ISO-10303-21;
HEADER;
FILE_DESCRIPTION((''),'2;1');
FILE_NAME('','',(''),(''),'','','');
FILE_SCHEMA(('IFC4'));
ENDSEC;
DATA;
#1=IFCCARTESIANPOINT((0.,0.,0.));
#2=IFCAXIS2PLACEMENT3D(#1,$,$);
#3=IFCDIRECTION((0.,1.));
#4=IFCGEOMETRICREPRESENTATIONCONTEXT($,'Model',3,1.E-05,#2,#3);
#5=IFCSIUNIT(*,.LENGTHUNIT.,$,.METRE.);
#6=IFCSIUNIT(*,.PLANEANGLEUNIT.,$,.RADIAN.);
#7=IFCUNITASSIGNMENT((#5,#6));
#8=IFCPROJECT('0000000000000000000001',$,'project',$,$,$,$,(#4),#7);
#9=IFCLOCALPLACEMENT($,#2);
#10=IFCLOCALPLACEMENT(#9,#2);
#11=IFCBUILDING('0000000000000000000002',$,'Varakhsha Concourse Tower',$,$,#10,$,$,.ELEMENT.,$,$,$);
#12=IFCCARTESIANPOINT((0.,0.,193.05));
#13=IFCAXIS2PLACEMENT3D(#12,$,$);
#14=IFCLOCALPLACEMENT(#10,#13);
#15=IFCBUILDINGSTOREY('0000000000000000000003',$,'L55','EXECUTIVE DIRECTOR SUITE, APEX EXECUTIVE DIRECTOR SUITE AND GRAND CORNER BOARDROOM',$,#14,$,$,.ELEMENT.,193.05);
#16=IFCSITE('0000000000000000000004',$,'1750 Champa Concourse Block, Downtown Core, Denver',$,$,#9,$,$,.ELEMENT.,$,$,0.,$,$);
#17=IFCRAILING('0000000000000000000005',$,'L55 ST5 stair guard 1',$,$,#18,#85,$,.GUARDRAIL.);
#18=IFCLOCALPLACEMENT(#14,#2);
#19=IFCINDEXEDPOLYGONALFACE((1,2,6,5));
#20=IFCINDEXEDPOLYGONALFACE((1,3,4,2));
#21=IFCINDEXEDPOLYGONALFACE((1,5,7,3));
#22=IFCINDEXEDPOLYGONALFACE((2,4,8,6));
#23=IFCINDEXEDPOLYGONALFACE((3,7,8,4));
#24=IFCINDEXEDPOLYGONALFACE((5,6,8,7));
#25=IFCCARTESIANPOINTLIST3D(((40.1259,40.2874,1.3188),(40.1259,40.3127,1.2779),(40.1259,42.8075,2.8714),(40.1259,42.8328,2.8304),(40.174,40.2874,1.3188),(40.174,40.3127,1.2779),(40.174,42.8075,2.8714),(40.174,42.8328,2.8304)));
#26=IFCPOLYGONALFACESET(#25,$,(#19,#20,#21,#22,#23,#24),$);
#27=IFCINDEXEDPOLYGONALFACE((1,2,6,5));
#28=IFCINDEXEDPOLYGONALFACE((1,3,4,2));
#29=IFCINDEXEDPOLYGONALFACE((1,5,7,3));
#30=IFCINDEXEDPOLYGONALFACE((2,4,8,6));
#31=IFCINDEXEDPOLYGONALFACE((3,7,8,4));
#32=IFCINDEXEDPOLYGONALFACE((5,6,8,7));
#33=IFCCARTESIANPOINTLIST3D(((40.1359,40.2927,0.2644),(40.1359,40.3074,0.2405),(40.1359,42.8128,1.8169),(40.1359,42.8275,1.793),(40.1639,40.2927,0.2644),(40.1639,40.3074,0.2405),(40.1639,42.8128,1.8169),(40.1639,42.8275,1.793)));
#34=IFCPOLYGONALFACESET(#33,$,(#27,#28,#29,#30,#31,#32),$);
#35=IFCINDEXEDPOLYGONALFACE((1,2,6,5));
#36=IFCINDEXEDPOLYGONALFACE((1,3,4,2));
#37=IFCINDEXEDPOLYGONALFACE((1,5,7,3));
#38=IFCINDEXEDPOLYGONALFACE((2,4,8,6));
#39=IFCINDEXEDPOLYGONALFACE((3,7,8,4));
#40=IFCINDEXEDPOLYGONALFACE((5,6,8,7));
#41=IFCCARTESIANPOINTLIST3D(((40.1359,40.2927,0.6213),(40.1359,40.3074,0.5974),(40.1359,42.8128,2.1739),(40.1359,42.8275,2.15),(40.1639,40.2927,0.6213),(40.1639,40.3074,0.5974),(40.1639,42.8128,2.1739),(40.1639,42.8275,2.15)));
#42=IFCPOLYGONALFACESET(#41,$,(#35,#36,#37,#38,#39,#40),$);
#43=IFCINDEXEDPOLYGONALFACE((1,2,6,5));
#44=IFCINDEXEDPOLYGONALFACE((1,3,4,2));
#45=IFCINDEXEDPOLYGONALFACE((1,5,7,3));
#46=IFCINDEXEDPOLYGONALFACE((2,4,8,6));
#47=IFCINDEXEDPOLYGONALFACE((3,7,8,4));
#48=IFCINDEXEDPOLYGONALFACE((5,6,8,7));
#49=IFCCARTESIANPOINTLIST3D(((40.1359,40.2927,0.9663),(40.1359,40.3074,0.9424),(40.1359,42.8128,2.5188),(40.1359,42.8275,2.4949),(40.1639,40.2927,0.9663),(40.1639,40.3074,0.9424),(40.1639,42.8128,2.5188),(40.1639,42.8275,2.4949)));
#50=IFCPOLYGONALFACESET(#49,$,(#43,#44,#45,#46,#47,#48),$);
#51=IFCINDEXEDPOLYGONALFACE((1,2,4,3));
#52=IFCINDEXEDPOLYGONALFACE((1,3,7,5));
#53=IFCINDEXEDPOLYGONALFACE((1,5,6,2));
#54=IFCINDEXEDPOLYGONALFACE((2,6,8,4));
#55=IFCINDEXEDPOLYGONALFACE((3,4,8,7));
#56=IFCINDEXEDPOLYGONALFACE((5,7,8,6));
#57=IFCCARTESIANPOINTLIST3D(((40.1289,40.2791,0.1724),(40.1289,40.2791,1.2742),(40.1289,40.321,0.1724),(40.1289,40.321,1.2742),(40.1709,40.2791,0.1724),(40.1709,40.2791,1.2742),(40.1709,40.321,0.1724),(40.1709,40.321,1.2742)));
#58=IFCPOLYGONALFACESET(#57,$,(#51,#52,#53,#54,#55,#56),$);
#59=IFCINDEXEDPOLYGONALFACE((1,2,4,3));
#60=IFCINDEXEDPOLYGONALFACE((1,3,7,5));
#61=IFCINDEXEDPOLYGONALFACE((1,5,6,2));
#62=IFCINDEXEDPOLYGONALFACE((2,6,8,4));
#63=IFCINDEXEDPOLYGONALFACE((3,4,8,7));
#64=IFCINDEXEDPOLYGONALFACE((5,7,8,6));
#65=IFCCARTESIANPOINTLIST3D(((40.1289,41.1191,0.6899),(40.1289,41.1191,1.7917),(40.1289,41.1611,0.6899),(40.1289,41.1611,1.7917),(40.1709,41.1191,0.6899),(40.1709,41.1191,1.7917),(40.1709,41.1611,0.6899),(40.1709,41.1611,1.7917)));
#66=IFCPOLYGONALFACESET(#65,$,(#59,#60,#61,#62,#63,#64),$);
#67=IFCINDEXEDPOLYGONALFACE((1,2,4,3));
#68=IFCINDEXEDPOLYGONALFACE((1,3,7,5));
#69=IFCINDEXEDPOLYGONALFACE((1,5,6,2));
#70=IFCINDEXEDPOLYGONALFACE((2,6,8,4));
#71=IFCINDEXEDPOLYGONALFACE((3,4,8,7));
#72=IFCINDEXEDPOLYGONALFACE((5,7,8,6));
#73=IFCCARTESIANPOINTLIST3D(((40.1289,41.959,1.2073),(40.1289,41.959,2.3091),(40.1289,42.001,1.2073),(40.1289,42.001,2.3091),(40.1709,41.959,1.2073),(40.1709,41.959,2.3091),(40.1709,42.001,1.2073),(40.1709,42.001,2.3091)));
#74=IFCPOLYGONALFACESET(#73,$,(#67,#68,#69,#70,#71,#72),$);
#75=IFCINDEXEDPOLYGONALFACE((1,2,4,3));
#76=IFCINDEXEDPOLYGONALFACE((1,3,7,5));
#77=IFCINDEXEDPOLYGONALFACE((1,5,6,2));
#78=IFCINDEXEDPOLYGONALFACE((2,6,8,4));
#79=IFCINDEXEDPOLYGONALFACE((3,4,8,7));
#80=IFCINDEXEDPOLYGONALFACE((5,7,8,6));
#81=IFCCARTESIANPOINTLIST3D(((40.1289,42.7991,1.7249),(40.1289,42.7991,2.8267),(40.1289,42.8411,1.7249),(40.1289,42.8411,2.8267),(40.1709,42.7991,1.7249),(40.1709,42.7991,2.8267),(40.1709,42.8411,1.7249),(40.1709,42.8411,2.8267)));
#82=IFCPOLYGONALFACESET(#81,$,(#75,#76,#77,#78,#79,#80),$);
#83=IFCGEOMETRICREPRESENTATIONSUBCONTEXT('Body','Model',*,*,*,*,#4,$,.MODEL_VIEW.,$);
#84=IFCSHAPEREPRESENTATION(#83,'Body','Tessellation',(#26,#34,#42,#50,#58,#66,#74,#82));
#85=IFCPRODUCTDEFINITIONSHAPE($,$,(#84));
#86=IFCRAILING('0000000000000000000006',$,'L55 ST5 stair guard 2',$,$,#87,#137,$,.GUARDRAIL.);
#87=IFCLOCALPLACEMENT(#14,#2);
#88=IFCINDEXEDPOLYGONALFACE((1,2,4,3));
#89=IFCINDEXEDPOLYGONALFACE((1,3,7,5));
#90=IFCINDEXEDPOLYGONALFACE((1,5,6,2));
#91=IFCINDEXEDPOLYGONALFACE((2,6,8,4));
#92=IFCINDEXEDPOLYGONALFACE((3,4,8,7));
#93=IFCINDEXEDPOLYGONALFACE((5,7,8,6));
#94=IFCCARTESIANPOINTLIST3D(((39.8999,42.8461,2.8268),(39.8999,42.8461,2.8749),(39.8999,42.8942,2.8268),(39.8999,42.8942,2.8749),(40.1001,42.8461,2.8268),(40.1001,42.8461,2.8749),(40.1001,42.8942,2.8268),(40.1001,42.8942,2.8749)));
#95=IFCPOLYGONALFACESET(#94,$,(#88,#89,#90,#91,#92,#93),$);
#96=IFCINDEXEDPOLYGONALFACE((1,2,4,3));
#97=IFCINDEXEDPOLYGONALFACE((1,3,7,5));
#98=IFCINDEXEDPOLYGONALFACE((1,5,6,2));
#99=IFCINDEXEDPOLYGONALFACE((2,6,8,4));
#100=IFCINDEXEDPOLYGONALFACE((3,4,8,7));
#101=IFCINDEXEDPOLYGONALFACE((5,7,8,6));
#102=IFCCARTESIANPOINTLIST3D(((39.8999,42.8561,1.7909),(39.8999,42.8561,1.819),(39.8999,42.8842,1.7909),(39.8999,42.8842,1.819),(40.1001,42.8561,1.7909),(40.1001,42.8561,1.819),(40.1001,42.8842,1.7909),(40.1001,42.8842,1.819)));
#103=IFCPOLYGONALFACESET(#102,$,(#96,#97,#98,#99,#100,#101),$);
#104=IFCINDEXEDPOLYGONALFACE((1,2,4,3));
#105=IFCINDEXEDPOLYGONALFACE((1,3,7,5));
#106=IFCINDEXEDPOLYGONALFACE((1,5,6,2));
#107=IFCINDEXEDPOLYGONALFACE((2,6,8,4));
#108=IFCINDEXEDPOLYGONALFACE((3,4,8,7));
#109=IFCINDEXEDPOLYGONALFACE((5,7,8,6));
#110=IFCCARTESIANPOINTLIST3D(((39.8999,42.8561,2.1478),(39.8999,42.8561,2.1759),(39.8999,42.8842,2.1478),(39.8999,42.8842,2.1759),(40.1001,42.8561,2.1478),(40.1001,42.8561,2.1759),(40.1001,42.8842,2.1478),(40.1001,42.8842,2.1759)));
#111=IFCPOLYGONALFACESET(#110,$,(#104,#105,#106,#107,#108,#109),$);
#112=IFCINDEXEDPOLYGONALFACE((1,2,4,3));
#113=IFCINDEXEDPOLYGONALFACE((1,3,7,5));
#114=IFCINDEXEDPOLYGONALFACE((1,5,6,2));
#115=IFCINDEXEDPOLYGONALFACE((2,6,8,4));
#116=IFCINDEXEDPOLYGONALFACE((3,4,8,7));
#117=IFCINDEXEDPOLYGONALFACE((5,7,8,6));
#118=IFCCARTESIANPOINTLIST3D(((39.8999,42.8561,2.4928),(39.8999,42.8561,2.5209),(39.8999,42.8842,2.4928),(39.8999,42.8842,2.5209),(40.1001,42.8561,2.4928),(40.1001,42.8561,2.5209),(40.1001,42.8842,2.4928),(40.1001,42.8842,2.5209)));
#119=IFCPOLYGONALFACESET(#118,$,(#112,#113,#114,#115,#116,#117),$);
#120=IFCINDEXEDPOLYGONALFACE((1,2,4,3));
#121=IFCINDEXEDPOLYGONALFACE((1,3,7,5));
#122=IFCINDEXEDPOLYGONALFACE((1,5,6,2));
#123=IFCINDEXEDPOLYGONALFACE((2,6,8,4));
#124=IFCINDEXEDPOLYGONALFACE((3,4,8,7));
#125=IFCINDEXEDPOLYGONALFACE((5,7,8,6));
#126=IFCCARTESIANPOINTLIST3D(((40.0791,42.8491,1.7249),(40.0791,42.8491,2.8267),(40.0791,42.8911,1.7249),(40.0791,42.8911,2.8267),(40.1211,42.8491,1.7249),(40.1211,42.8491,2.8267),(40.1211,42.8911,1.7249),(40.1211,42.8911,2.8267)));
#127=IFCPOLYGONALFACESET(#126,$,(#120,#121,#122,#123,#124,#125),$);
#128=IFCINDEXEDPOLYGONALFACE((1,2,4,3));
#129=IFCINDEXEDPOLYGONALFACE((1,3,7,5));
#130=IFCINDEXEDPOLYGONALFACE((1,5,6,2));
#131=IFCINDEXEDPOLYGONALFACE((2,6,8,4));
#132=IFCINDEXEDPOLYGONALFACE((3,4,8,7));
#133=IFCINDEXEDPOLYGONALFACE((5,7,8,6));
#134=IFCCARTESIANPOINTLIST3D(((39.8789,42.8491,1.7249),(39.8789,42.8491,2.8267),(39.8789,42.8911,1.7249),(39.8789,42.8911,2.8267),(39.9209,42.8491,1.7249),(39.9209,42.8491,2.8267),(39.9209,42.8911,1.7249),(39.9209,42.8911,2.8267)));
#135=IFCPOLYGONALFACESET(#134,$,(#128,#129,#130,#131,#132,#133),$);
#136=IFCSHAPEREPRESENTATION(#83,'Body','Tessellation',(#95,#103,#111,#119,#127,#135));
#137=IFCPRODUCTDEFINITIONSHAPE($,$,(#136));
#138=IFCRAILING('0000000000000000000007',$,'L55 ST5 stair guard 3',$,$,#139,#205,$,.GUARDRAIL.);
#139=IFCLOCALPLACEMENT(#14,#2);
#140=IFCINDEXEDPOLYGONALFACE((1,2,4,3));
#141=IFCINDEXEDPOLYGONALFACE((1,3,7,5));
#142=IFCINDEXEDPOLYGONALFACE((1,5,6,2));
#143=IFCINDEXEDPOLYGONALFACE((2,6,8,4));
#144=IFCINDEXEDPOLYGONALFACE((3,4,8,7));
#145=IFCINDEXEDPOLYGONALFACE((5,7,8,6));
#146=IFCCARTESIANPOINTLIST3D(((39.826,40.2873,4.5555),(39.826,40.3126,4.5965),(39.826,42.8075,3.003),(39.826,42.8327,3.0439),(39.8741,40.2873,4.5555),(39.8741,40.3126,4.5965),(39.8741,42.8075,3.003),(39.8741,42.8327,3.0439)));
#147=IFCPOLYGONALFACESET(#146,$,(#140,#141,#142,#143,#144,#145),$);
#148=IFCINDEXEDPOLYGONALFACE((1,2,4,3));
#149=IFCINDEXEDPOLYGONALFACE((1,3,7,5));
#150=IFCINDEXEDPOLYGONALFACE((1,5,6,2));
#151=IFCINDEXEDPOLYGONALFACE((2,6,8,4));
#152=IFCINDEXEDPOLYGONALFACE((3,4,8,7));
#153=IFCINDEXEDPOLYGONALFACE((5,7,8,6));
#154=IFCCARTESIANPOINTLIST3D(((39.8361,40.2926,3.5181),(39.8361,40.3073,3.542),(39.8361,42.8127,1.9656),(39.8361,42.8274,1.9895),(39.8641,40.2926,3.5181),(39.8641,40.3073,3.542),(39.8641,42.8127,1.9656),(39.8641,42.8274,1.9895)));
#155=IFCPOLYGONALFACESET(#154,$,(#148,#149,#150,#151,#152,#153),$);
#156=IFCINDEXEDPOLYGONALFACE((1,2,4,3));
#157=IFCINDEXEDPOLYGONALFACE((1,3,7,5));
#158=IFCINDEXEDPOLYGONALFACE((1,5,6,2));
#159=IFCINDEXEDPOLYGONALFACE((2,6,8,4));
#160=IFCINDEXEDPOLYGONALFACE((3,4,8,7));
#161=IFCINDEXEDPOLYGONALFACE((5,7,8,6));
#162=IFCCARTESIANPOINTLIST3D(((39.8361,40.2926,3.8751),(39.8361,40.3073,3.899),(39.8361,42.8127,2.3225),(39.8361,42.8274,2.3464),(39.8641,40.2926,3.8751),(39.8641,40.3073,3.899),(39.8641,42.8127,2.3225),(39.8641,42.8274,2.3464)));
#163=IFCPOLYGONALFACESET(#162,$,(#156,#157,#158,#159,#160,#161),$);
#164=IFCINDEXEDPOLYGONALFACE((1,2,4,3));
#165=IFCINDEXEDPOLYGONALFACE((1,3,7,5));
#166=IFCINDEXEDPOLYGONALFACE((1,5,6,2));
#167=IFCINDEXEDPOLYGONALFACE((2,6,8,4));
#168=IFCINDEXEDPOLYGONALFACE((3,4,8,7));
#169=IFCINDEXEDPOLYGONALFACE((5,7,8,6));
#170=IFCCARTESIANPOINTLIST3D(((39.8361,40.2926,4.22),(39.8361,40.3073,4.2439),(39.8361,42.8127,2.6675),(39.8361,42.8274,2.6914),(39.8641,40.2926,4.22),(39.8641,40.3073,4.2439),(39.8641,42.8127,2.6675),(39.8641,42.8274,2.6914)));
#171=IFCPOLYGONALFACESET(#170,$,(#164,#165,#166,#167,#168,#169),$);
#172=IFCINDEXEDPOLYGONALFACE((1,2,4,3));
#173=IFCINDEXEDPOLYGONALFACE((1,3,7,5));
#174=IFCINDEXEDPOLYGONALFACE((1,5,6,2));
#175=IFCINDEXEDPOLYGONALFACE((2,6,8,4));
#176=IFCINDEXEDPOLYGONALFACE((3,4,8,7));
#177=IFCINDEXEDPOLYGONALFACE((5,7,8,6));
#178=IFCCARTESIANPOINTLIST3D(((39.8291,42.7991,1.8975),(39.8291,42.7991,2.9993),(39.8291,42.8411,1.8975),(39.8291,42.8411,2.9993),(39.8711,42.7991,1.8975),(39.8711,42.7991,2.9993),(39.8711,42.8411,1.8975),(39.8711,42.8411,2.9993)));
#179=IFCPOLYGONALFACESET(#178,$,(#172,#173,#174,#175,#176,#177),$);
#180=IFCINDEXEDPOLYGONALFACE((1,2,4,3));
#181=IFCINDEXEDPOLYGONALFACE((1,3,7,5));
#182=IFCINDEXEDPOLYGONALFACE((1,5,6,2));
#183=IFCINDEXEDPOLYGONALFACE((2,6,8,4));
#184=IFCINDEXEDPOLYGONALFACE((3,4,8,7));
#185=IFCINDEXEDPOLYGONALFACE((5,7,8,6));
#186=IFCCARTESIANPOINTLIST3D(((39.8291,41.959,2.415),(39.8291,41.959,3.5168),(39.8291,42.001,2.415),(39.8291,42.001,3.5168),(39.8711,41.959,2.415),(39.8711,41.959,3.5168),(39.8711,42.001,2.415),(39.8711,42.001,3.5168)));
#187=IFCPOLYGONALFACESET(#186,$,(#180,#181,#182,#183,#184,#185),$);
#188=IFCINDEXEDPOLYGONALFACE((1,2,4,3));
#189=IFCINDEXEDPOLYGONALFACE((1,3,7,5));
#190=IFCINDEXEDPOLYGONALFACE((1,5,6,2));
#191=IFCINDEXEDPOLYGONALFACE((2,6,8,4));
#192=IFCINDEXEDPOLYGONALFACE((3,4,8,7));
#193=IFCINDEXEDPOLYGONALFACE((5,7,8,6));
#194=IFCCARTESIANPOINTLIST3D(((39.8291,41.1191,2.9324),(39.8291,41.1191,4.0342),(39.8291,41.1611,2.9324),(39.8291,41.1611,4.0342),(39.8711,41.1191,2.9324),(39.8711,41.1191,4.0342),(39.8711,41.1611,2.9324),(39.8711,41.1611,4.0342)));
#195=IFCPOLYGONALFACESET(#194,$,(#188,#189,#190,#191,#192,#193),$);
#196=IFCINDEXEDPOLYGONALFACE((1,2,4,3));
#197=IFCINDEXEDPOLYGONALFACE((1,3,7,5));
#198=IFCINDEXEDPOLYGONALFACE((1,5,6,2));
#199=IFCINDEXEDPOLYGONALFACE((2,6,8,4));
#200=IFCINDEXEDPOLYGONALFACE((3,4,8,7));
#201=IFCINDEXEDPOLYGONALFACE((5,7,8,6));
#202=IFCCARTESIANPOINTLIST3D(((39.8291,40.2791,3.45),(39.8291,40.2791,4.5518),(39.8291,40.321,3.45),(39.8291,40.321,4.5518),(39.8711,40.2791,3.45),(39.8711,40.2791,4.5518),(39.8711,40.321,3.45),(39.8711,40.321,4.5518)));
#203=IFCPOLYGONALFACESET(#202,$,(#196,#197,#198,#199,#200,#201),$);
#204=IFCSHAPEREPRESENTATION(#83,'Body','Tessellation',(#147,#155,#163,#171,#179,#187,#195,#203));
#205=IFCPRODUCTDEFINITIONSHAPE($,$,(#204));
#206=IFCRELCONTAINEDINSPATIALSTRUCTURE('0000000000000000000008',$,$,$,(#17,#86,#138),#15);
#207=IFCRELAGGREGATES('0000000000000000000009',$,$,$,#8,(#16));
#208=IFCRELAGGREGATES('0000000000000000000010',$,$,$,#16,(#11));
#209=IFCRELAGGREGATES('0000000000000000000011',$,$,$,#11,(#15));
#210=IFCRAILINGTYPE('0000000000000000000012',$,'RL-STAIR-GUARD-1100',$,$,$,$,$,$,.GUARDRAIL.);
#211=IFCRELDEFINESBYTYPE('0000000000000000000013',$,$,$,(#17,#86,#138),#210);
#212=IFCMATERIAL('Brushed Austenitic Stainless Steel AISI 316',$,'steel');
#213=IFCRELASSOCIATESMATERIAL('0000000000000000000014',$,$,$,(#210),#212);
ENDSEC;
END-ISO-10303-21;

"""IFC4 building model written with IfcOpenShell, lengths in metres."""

from ifc_helpers import new_model, si_unit, direction, frame, origin, origin_2d, place, context, subcontext, project, spatial, rectangle, extrude, material, type_object, element, save


model = new_model("IFC4")

# Units and contexts
model_context = context("Model", 3, precision=1e-05, world=origin(), true_north=direction((0.0, 1.0)))
body_context = subcontext(model_context, "Body", "Model", "MODEL_VIEW")
ifc_project = project(units=[si_unit("LENGTHUNIT", "METRE"), si_unit("PLANEANGLEUNIT", "RADIAN")], contexts=[model_context])

# Site, building, storey
site_placement = place(None, origin())
site = spatial("IfcSite", under=ifc_project, at=site_placement, Name="1750 Champa Concourse Block, Downtown Core, Denver", CompositionType="ELEMENT", RefElevation=0.0)
building_placement = place(site_placement, origin())
building = spatial("IfcBuilding", under=site, at=building_placement, Name="Varakhsha Concourse Tower", CompositionType="ELEMENT")
storey_placement = place(building_placement, frame((0.0, 0.0, 193.05)))
storey = spatial("IfcBuildingStorey", under=building, at=storey_placement, Name="L55", Description="EXECUTIVE DIRECTOR SUITE, APEX EXECUTIVE DIRECTOR SUITE AND GRAND CORNER BOARDROOM", CompositionType="ELEMENT", Elevation=193.05)

# Railings
ifc_material_1 = material(Name="Brushed Austenitic Stainless Steel AISI 316", Category="steel")
railing_type_1 = type_object("IfcRailingType", Name="RL-STAIR-GUARD-1100", PredefinedType="GUARDRAIL", material=ifc_material_1)
railing_1_placement = place(storey_placement, frame((40.1499, 40.3, 0.1724)))
element("IfcRailing", 1, at=railing_1_placement, inside=storey, type_object=railing_type_1, Name="L55 ST5 stair guard 1", PredefinedType="GUARDRAIL", context=body_context, shape_type="SweptSolid", body=[
    extrude(rectangle(XDim=0.0481, YDim=0.0481, at=origin_2d()), frame((0.0, 0.0, 1.126), z_axis=(0.0, 0.8514, 0.524516), x_axis=(-1.0, 0.0, 0.0)), (0.0, 0.0, 1.0), 2.96),
    extrude(rectangle(XDim=0.0281, YDim=0.0281, at=origin_2d()), frame((0.0, 0.0, 0.0801), z_axis=(0.0, 0.8514, 0.524516), x_axis=(-1.0, 0.0, 0.0)), (0.0, 0.0, 1.0), 2.96),
    extrude(rectangle(XDim=0.0281, YDim=0.0281, at=origin_2d()), frame((0.0, 0.0, 0.437), z_axis=(0.0, 0.8514, 0.524516), x_axis=(-1.0, 0.0, 0.0)), (0.0, 0.0, 1.0), 2.96),
    extrude(rectangle(XDim=0.0281, YDim=0.0281, at=origin_2d()), frame((0.0, 0.0, 0.782), z_axis=(0.0, 0.8514, 0.524516), x_axis=(-1.0, 0.0, 0.0)), (0.0, 0.0, 1.0), 2.96),
    extrude(rectangle(XDim=0.042, YDim=0.042, at=origin_2d()), origin(), (0.0, 0.0, 1.0), 1.1018),
    extrude(rectangle(XDim=0.042, YDim=0.042, at=origin_2d()), frame((0.0, 0.8401, 0.5176)), (0.0, 0.0, 1.0), 1.1018),
    extrude(rectangle(XDim=0.042, YDim=0.042, at=origin_2d()), frame((0.0, 1.6799, 1.0349)), (0.0, 0.0, 1.0), 1.1018),
    extrude(rectangle(XDim=0.042, YDim=0.042, at=origin_2d()), frame((0.0, 2.52, 1.5525)), (0.0, 0.0, 1.0), 1.1018),
])
railing_2_placement = place(storey_placement, frame((40.1001, 42.8701, 1.7249)))
element("IfcRailing", 2, at=railing_2_placement, inside=storey, type_object=railing_type_1, Name="L55 ST5 stair guard 2", PredefinedType="GUARDRAIL", context=body_context, shape_type="SweptSolid", body=[
    extrude(rectangle(XDim=0.0481, YDim=0.0481, at=origin_2d()), frame((0.0, 0.0, 1.126), z_axis=(-1.0, 0.0, 0.0), x_axis=(0.0, -1.0, 0.0)), (0.0, 0.0, 1.0), 0.2002),
    extrude(rectangle(XDim=0.0281, YDim=0.0281, at=origin_2d()), frame((0.0, 0.0, 0.0801), z_axis=(-1.0, 0.0, 0.0), x_axis=(0.0, -1.0, 0.0)), (0.0, 0.0, 1.0), 0.2002),
    extrude(rectangle(XDim=0.0281, YDim=0.0281, at=origin_2d()), frame((0.0, 0.0, 0.437), z_axis=(-1.0, 0.0, 0.0), x_axis=(0.0, -1.0, 0.0)), (0.0, 0.0, 1.0), 0.2002),
    extrude(rectangle(XDim=0.0281, YDim=0.0281, at=origin_2d()), frame((0.0, 0.0, 0.782), z_axis=(-1.0, 0.0, 0.0), x_axis=(0.0, -1.0, 0.0)), (0.0, 0.0, 1.0), 0.2002),
    extrude(rectangle(XDim=0.042, YDim=0.042, at=origin_2d()), origin(), (0.0, 0.0, 1.0), 1.1018),
    extrude(rectangle(XDim=0.042, YDim=0.042, at=origin_2d()), frame((-0.2002, 0.0, 0.0)), (0.0, 0.0, 1.0), 1.1018),
])
railing_3_placement = place(storey_placement, frame((39.8501, 42.8201, 1.8975)))
element("IfcRailing", 3, at=railing_3_placement, inside=storey, type_object=railing_type_1, Name="L55 ST5 stair guard 3", PredefinedType="GUARDRAIL", context=body_context, shape_type="SweptSolid", body=[
    extrude(rectangle(XDim=0.0481, YDim=0.0481, at=origin_2d()), frame((0.0, 0.0, 1.126), z_axis=(0.0, -0.8514, 0.524516), x_axis=(1.0, 0.0, 0.0)), (0.0, 0.0, 1.0), 2.96),
    extrude(rectangle(XDim=0.0281, YDim=0.0281, at=origin_2d()), frame((0.0, 0.0, 0.0801), z_axis=(0.0, -0.8514, 0.524516), x_axis=(1.0, 0.0, 0.0)), (0.0, 0.0, 1.0), 2.96),
    extrude(rectangle(XDim=0.0281, YDim=0.0281, at=origin_2d()), frame((0.0, 0.0, 0.437), z_axis=(0.0, -0.8514, 0.524516), x_axis=(1.0, 0.0, 0.0)), (0.0, 0.0, 1.0), 2.96),
    extrude(rectangle(XDim=0.0281, YDim=0.0281, at=origin_2d()), frame((0.0, 0.0, 0.782), z_axis=(0.0, -0.8514, 0.524516), x_axis=(1.0, 0.0, 0.0)), (0.0, 0.0, 1.0), 2.96),
    extrude(rectangle(XDim=0.042, YDim=0.042, at=origin_2d()), origin(), (0.0, 0.0, 1.0), 1.1018),
    extrude(rectangle(XDim=0.042, YDim=0.042, at=origin_2d()), frame((0.0, -0.8401, 0.5176)), (0.0, 0.0, 1.0), 1.1018),
    extrude(rectangle(XDim=0.042, YDim=0.042, at=origin_2d()), frame((0.0, -1.6799, 1.0349)), (0.0, 0.0, 1.0), 1.1018),
    extrude(rectangle(XDim=0.042, YDim=0.042, at=origin_2d()), frame((0.0, -2.52, 1.5525)), (0.0, 0.0, 1.0), 1.1018),
])

save(model, "model.ifc")
